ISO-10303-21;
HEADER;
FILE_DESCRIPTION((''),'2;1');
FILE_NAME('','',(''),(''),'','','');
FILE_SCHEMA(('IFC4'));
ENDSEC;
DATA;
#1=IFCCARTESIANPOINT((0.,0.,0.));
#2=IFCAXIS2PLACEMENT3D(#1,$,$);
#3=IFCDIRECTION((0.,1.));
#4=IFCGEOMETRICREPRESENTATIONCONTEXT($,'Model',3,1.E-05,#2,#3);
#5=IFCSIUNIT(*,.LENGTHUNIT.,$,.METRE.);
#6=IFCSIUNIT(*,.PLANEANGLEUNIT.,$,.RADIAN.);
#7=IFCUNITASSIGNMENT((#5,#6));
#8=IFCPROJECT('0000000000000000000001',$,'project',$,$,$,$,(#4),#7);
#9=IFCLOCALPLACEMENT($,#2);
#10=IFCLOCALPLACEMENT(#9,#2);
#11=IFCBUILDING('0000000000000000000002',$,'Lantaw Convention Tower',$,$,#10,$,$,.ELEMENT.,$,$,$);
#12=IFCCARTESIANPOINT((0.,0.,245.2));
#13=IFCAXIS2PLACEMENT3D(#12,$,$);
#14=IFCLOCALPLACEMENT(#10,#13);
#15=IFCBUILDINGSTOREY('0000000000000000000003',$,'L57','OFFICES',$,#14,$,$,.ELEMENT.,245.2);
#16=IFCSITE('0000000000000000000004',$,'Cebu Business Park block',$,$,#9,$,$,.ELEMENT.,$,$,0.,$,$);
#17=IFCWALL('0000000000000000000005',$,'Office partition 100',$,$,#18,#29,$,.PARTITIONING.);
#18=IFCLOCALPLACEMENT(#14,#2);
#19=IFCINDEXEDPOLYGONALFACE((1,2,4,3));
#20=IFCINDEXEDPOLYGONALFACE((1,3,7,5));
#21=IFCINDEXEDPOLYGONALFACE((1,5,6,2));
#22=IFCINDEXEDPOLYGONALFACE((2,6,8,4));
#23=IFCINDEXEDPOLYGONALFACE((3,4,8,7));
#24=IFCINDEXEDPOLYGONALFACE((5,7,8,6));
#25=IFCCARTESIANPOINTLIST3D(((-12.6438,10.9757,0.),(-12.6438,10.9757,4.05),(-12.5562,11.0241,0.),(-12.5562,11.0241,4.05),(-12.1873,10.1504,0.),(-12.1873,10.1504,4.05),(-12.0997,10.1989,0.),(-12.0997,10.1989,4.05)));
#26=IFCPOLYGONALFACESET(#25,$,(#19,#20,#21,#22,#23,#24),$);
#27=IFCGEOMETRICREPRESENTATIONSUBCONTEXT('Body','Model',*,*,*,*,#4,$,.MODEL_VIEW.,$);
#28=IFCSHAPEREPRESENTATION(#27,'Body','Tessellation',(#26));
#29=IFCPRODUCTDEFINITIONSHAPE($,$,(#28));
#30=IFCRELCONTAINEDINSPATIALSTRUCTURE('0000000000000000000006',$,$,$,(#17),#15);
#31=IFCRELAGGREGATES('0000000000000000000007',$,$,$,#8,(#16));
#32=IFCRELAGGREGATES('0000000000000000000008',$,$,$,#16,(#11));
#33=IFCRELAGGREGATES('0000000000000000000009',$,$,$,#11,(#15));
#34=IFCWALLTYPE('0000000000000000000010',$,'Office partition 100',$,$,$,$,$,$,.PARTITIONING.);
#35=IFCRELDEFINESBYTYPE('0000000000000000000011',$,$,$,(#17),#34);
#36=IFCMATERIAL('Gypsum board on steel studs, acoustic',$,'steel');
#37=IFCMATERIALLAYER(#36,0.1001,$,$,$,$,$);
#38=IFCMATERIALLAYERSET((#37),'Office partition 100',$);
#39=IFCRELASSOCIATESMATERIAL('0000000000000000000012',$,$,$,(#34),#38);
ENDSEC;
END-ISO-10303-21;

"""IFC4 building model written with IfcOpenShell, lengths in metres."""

from ifc_helpers import new_model, si_unit, direction, frame, frame_2d, origin, place, context, subcontext, project, spatial, rectangle, extrude, material, layer, layer_set, type_object, element, save


model = new_model("IFC4")

# Units and contexts
model_context = context("Model", 3, precision=1e-05, world=origin(), true_north=direction((0.0, 1.0)))
body_context = subcontext(model_context, "Body", "Model", "MODEL_VIEW")
ifc_project = project(units=[si_unit("LENGTHUNIT", "METRE"), si_unit("PLANEANGLEUNIT", "RADIAN")], contexts=[model_context])

# Site, building, storey
site_placement = place(None, origin())
site = spatial("IfcSite", under=ifc_project, at=site_placement, Name="Cebu Business Park block", CompositionType="ELEMENT", RefElevation=0.0)
building_placement = place(site_placement, origin())
building = spatial("IfcBuilding", under=site, at=building_placement, Name="Lantaw Convention Tower", CompositionType="ELEMENT")
storey_placement = place(building_placement, frame((0.0, 0.0, 245.2)))
storey = spatial("IfcBuildingStorey", under=building, at=storey_placement, Name="L57", Description="OFFICES", CompositionType="ELEMENT", Elevation=245.2)

# Shared definitions
ifc_material_1 = material(Name="Gypsum board on steel studs, acoustic", Category="steel")
ifc_layer_1 = layer(ifc_material_1, 0.1001)
ifc_layer_set_1 = layer_set([ifc_layer_1], Name="Office partition 100")
wall_type_1 = type_object("IfcWallType", Name="Office partition 100", PredefinedType="PARTITIONING", material=ifc_layer_set_1)

# Wall
wall_1_placement = place(storey_placement, frame((-12.6001, 11.0, 0.0), z_axis=(0.0, 0.0, 1.0), x_axis=(0.484104, -0.875011, 0.0)))
element("IfcWall", 1, at=wall_1_placement, inside=storey, type_object=wall_type_1, Name="Office partition 100", PredefinedType="PARTITIONING", context=body_context, shape_type="SweptSolid", body=[
    extrude(rectangle(XDim=0.9431, YDim=0.1001, at=frame_2d((0.4717, 0.0))), origin(), (0.0, 0.0, 1.0), 4.05),
])

save(model, "model.ifc")
